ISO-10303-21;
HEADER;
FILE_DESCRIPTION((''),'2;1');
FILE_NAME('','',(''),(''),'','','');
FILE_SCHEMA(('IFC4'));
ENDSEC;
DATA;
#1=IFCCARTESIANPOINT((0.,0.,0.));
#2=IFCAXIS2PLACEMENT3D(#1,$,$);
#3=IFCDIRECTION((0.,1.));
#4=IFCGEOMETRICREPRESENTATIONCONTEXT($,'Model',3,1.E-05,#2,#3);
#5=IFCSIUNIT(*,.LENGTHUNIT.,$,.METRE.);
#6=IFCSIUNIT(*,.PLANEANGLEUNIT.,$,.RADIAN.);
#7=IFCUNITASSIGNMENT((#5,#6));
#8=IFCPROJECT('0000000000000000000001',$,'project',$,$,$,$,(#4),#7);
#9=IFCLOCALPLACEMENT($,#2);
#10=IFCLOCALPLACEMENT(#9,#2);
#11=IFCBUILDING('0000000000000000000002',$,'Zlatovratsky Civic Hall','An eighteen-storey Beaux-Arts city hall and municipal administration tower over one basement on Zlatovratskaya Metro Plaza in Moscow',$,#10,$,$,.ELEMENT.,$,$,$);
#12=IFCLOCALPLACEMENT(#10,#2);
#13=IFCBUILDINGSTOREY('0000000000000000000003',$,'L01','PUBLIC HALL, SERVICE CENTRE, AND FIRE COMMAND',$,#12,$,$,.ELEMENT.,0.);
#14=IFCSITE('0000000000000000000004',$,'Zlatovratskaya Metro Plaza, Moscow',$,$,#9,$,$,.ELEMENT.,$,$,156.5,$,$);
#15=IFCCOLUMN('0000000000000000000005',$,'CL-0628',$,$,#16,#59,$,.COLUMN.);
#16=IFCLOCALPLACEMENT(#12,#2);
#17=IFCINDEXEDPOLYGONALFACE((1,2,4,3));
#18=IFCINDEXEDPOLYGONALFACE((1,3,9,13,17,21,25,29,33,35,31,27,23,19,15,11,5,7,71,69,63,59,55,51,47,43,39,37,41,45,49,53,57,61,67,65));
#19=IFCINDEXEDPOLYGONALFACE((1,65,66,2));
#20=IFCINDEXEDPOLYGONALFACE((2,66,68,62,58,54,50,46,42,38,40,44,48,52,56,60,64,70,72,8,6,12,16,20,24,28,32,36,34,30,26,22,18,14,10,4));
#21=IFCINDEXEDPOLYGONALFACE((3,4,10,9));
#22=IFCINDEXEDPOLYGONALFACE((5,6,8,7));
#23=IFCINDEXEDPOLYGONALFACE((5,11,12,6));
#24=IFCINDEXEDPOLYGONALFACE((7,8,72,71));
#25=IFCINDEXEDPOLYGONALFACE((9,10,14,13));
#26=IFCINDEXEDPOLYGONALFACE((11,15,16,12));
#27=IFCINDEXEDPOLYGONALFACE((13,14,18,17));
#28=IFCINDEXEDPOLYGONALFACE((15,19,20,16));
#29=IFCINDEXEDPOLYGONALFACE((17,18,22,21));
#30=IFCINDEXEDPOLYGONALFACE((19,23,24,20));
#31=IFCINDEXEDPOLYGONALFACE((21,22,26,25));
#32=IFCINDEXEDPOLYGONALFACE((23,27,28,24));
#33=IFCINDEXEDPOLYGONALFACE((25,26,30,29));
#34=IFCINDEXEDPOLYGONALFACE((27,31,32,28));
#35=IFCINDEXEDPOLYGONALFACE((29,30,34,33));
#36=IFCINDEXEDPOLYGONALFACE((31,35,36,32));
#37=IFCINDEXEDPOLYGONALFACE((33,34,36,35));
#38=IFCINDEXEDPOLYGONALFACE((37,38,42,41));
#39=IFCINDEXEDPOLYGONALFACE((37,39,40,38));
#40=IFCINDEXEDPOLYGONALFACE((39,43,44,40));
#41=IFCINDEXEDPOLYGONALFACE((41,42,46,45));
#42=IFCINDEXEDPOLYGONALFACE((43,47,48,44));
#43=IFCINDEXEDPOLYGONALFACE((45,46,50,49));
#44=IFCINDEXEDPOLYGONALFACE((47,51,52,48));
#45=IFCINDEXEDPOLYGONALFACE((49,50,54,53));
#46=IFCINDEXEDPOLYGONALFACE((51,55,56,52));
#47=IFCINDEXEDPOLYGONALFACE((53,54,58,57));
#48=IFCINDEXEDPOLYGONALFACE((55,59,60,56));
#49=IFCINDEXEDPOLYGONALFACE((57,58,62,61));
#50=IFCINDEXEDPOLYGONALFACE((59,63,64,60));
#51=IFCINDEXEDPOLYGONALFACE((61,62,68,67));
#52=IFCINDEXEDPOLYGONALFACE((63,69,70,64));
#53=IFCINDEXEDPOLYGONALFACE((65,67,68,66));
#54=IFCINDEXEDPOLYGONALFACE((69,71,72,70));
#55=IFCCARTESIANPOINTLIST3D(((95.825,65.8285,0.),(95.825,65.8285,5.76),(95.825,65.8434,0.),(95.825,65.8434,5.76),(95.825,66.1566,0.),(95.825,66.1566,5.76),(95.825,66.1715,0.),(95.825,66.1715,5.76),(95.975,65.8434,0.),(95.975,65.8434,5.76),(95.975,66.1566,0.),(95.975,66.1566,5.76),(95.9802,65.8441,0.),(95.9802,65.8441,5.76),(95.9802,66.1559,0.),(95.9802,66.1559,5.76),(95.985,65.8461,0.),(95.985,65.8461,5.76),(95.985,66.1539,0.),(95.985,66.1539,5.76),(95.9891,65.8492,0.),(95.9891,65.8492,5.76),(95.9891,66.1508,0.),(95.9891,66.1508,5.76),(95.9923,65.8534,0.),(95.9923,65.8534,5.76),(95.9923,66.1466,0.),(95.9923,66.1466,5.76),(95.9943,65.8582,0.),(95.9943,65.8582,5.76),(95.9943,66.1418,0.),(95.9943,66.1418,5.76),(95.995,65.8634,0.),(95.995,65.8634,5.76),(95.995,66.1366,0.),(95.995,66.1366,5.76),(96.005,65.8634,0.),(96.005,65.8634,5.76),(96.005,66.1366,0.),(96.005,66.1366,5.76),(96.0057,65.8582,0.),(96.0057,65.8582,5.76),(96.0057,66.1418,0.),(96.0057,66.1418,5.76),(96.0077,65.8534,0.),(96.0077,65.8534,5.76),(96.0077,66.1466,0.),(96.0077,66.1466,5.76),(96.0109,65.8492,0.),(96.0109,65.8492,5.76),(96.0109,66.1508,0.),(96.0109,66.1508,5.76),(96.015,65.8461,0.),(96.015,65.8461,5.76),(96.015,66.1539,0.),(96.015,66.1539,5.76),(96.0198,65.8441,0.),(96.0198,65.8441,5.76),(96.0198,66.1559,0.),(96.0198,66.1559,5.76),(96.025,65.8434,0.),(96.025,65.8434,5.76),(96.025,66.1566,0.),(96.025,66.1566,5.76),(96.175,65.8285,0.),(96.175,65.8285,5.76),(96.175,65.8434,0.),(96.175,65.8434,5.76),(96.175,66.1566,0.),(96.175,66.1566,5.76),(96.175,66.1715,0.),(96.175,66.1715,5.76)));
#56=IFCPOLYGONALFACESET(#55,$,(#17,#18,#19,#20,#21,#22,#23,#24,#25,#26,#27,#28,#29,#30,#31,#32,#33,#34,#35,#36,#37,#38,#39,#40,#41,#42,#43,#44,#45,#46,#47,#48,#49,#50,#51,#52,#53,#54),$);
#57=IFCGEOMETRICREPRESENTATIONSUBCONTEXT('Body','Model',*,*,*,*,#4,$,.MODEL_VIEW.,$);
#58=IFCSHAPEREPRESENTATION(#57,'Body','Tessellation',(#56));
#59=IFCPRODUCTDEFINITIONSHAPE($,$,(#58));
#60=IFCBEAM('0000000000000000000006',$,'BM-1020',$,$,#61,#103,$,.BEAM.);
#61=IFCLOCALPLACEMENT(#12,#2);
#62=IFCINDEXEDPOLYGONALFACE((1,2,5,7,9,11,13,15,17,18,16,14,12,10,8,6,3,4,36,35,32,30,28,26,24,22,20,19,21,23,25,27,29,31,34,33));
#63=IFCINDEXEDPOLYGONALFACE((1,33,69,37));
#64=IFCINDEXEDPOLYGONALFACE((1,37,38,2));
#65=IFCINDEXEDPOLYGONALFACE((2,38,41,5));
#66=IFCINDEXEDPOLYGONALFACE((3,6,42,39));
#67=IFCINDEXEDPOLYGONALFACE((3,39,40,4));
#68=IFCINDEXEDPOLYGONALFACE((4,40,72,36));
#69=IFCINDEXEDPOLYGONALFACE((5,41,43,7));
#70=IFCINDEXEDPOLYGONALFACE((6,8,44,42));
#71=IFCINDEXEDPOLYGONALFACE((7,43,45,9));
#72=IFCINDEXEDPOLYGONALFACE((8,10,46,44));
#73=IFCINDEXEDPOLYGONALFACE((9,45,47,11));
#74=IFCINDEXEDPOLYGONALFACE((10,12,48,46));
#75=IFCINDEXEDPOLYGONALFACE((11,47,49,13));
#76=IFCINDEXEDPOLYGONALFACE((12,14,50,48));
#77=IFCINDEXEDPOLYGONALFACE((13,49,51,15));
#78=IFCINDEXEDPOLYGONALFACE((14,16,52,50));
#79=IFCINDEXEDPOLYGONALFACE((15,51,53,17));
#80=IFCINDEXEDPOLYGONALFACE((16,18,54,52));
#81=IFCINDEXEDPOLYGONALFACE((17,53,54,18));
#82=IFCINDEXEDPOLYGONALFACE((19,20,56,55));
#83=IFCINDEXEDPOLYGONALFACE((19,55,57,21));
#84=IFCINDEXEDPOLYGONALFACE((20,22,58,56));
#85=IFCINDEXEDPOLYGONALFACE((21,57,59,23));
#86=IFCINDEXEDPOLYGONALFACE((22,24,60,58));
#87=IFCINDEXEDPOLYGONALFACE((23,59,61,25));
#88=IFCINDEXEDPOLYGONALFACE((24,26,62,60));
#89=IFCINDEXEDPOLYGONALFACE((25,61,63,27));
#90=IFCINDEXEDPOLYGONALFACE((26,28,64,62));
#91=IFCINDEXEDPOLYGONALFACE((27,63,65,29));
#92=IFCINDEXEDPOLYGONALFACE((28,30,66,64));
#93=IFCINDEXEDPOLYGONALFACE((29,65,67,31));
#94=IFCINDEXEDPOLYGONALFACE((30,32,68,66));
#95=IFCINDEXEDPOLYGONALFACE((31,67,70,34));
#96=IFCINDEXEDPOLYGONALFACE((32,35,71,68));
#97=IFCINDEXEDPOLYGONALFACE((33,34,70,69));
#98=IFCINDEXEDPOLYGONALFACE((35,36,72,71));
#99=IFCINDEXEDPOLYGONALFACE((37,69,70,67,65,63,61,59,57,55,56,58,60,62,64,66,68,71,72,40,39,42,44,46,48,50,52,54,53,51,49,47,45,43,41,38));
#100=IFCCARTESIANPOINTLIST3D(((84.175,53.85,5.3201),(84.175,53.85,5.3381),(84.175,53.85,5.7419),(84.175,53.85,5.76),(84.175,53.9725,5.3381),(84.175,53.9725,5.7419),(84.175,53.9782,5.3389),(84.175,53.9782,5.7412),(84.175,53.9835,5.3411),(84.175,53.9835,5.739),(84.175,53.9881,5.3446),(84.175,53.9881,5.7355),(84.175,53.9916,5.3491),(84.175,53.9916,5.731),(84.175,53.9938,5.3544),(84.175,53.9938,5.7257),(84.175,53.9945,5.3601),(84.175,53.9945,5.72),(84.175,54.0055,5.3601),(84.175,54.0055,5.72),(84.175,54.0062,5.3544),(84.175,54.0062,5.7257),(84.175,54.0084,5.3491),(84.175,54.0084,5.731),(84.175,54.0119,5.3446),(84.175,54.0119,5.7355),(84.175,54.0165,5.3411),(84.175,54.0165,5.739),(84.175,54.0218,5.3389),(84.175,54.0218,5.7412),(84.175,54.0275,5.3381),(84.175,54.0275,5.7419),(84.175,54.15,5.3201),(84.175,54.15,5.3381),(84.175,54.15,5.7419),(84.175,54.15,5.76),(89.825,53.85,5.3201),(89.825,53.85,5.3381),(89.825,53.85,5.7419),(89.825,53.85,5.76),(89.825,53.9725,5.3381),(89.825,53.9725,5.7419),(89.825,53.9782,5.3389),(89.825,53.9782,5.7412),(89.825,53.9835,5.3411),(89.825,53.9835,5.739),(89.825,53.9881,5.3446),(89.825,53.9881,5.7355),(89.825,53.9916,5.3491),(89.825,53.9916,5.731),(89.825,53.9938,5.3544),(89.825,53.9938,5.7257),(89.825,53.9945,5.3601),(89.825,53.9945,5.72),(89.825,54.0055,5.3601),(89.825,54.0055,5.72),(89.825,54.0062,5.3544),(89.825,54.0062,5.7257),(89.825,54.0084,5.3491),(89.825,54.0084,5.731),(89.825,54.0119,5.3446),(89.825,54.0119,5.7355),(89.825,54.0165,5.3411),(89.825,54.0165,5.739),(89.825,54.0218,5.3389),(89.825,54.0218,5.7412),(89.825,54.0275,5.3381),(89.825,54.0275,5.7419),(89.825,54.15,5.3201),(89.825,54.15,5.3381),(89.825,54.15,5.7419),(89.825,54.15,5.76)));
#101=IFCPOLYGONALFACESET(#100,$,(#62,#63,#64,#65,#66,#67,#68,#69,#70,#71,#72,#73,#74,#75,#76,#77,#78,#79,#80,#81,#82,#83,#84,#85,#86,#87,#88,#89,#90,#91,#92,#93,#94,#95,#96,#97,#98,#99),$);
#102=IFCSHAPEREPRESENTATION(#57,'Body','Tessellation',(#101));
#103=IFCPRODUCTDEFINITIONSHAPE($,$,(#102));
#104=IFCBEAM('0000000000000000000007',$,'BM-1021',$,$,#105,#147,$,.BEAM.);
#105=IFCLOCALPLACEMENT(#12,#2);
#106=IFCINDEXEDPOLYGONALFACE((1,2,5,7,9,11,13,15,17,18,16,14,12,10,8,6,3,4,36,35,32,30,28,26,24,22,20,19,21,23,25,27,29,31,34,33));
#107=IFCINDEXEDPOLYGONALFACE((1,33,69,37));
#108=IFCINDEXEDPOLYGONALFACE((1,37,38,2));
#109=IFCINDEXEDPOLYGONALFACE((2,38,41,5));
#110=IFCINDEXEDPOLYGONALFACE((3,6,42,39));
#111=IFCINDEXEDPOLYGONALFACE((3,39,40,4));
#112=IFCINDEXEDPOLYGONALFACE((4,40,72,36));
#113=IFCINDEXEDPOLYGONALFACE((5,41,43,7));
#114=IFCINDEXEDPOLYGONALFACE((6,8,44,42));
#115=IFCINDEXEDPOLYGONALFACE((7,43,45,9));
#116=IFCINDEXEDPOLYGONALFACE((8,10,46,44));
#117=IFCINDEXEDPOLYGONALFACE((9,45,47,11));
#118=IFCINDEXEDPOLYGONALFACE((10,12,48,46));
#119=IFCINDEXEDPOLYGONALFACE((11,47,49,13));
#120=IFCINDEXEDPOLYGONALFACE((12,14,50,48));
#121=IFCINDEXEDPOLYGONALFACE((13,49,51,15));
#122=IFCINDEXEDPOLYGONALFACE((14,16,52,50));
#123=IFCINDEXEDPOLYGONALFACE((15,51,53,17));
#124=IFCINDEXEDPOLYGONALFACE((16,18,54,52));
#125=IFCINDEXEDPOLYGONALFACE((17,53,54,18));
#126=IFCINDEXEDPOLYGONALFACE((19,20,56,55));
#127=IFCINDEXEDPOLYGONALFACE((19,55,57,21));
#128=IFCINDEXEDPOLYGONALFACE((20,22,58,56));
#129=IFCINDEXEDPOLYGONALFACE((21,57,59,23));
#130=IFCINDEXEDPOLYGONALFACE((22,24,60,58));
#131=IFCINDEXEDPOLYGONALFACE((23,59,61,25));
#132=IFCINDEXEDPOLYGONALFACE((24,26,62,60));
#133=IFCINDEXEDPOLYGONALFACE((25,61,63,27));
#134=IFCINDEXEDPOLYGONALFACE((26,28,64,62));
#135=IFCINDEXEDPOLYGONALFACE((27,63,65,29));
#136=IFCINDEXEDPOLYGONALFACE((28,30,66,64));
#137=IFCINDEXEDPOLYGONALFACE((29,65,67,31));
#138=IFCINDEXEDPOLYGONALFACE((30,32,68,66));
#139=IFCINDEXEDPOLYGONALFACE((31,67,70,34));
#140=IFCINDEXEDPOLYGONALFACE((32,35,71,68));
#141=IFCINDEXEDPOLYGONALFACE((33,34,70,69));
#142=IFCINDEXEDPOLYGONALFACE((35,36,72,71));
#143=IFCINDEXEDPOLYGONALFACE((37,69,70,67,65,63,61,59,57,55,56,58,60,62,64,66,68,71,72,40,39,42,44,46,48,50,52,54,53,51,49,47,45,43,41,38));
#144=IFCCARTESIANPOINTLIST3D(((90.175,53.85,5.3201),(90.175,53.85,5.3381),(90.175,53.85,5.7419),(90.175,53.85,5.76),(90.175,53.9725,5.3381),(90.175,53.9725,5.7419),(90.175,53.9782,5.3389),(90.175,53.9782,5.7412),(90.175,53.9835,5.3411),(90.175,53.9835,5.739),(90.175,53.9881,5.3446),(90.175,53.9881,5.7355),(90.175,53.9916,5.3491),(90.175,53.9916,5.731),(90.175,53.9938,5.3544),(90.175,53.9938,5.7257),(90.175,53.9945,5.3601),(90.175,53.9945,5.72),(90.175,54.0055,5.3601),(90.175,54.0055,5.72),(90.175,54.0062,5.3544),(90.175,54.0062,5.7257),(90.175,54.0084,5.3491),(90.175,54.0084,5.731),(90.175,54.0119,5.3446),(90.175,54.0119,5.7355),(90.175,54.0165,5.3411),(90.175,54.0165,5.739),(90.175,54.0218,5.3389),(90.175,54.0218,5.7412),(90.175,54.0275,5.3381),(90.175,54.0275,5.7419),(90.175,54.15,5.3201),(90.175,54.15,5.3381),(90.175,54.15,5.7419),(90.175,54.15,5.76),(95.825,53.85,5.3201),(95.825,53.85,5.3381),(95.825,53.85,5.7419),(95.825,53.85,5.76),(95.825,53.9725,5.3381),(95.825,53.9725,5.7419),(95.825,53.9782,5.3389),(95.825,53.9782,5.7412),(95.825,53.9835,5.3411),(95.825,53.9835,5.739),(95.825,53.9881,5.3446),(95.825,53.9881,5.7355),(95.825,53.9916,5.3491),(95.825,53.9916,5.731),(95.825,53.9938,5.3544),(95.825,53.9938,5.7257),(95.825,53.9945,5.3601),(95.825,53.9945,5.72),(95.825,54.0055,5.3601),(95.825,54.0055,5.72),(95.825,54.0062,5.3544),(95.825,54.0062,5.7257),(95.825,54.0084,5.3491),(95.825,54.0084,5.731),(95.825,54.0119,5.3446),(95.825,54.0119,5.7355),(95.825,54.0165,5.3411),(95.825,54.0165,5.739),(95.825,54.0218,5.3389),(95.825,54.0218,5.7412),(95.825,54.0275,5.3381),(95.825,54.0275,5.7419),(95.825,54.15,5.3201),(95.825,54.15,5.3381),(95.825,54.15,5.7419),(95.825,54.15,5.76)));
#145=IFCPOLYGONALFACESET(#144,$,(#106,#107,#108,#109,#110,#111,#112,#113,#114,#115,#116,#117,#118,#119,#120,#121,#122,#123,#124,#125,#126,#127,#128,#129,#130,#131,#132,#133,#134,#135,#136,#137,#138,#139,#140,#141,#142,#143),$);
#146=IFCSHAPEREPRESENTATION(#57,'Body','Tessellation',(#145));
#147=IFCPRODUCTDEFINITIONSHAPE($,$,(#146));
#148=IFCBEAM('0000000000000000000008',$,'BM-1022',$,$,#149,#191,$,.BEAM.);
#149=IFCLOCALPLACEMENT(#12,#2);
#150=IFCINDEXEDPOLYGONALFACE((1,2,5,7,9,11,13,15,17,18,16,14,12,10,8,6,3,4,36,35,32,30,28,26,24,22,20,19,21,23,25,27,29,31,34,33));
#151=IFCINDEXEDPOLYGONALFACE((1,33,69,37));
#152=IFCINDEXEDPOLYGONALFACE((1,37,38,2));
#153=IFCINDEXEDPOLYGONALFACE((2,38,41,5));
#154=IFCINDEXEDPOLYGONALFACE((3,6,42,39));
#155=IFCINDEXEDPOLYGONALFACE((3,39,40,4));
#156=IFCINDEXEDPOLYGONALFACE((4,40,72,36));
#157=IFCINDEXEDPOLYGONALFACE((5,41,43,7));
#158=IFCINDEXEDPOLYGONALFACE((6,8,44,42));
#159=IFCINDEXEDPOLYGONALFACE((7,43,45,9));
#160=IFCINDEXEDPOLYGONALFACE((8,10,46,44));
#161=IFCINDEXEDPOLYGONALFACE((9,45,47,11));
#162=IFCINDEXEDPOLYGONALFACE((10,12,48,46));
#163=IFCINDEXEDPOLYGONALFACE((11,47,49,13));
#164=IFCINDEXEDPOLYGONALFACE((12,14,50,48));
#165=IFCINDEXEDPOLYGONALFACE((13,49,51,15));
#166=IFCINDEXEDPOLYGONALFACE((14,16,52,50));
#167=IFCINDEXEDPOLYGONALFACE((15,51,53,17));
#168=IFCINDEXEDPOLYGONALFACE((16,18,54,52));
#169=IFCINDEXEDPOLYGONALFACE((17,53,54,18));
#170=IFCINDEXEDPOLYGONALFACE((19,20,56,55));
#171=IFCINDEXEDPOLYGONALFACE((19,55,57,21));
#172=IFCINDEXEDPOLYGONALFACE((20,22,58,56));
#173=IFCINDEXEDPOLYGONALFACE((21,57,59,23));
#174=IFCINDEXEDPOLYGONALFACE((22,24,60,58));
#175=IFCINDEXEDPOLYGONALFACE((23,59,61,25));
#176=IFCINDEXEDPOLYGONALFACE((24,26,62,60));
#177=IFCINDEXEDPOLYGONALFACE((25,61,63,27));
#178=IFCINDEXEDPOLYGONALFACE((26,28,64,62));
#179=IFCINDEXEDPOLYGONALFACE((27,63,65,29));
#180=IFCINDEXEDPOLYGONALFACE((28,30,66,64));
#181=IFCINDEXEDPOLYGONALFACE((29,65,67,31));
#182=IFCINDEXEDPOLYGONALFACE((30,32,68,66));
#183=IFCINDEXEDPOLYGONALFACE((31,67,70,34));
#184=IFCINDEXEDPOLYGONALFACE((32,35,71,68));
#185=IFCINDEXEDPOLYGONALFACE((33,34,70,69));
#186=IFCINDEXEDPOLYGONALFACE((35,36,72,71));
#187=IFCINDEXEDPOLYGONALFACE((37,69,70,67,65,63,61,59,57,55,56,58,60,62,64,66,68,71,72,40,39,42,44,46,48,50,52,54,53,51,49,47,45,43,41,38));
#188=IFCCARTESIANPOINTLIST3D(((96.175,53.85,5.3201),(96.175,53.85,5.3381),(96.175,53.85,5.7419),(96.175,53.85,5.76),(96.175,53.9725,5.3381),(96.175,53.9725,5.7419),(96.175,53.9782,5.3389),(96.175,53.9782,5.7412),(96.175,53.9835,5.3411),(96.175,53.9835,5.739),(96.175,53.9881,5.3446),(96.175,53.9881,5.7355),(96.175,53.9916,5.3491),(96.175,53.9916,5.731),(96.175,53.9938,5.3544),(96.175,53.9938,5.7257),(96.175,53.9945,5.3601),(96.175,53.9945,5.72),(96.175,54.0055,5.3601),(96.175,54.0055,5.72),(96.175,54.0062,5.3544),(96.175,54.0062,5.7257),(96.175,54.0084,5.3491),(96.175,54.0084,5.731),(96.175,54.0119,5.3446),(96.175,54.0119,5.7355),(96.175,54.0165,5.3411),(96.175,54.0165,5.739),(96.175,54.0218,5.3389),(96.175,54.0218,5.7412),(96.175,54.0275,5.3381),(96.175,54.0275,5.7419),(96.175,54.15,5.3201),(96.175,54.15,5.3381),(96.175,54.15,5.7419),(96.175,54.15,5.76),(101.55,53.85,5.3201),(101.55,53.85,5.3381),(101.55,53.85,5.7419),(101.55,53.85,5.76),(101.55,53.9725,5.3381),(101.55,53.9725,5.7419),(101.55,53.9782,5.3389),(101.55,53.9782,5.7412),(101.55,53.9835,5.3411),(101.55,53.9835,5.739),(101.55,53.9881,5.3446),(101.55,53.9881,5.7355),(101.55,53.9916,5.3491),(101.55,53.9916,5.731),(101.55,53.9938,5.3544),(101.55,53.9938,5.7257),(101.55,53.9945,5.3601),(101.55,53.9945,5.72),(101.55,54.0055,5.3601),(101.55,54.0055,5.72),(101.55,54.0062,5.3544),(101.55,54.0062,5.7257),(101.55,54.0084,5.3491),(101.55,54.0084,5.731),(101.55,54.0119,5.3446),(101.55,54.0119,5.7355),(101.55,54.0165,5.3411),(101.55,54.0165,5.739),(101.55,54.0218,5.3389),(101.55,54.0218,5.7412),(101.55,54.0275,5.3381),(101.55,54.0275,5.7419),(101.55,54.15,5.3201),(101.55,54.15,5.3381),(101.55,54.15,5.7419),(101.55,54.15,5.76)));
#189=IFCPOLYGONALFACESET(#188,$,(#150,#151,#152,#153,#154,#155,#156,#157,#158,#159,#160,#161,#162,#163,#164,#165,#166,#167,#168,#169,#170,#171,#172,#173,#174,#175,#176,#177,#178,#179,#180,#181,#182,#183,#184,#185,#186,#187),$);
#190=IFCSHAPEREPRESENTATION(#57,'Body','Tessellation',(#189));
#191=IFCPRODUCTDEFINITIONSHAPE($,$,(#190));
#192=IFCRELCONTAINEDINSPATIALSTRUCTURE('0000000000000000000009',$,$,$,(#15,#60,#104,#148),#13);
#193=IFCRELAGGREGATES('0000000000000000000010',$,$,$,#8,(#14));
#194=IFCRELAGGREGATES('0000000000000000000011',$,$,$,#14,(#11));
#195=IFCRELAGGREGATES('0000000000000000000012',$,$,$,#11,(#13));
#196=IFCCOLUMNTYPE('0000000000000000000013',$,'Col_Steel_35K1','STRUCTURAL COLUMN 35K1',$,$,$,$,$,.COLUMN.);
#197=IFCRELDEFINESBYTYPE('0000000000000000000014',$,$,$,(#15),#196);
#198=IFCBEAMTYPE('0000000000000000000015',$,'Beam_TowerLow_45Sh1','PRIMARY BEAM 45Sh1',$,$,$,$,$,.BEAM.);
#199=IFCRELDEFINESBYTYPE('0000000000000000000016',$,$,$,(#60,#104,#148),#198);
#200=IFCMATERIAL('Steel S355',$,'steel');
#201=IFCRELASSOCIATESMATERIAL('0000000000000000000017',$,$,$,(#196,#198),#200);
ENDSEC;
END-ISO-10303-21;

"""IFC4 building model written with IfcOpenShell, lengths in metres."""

from ifc_helpers import new_model, si_unit, direction, frame, origin, origin_2d, place, context, subcontext, project, spatial, i_section, extrude, material, material_profile, profile_set, type_object, element, save


model = new_model("IFC4")

# Units and contexts
model_context = context("Model", 3, precision=1e-05, world=origin(), true_north=direction((0.0, 1.0)))
body_context = subcontext(model_context, "Body", "Model", "MODEL_VIEW")
ifc_project = project(units=[si_unit("LENGTHUNIT", "METRE"), si_unit("PLANEANGLEUNIT", "RADIAN")], contexts=[model_context])

# Site, building, storey
site_placement = place(None, origin())
site = spatial("IfcSite", under=ifc_project, at=site_placement, Name="Zlatovratskaya Metro Plaza, Moscow", CompositionType="ELEMENT", RefElevation=156.5)
building_placement = place(site_placement, origin())
building = spatial("IfcBuilding", under=site, at=building_placement, Name="Zlatovratsky Civic Hall", Description="An eighteen-storey Beaux-Arts city hall and municipal administration tower over one basement on Zlatovratskaya Metro Plaza in Moscow", CompositionType="ELEMENT")
storey_placement = place(building_placement, origin())
storey = spatial("IfcBuildingStorey", under=building, at=storey_placement, Name="L01", Description="PUBLIC HALL, SERVICE CENTRE, AND FIRE COMMAND", CompositionType="ELEMENT", Elevation=0.0)

# Column
ifc_material_1 = material(Name="Steel S355", Category="steel")
ifc_material_profile_1 = material_profile(ifc_material_1, i_section(OverallWidth=0.3501, OverallDepth=0.343, WebThickness=0.01, FlangeThickness=0.0149, FilletRadius=0.02, at=origin_2d()), Name="35K1")
ifc_profile_set_1 = profile_set([ifc_material_profile_1], Name="Steel S355")
column_type_1 = type_object("IfcColumnType", Name="Col_Steel_35K1", Description="STRUCTURAL COLUMN 35K1", PredefinedType="COLUMN", material=ifc_profile_set_1)
for number, where, z_axis, x_axis, name in (
    (1, (96.0, 66.0, 0.0), (0.0, 0.0, 1.0), (1.0, 0.0, 0.0), "CL-0628"),
):
    element("IfcColumn", number, at=place(storey_placement, frame(where, z_axis=z_axis, x_axis=x_axis)), inside=storey, type_object=column_type_1, Name=name, PredefinedType="COLUMN", context=body_context, shape_type="SweptSolid", body=[
        extrude(i_section(OverallWidth=0.3501, OverallDepth=0.343, WebThickness=0.01, FlangeThickness=0.0149, FilletRadius=0.02, at=origin_2d()), origin(), (0.0, 0.0, 1.0), 5.76),
    ])

# Beams
ifc_material_profile_2 = material_profile(ifc_material_1, i_section(OverallWidth=0.3, OverallDepth=0.4399, WebThickness=0.011, FlangeThickness=0.0181, FilletRadius=0.022, at=origin_2d()), Name="45Sh1")
ifc_profile_set_2 = profile_set([ifc_material_profile_2], Name="Steel S355")
beam_type = type_object("IfcBeamType", Name="Beam_TowerLow_45Sh1", Description="PRIMARY BEAM 45Sh1", PredefinedType="BEAM", material=ifc_profile_set_2)
for number, where, z_axis, x_axis, name in (
    (2, (84.175, 54.0, 5.54), (1.0, 0.0, 0.0), (0.0, 1.0, 0.0), "BM-1020"),
    (3, (90.175, 54.0, 5.54), (1.0, 0.0, 0.0), (0.0, 1.0, 0.0), "BM-1021"),
):
    element("IfcBeam", number, at=place(storey_placement, frame(where, z_axis=z_axis, x_axis=x_axis)), inside=storey, type_object=beam_type, Name=name, PredefinedType="BEAM", context=body_context, shape_type="SweptSolid", body=[
        extrude(i_section(OverallWidth=0.3, OverallDepth=0.4399, WebThickness=0.011, FlangeThickness=0.0181, FilletRadius=0.022, at=origin_2d()), origin(), (0.0, 0.0, 1.0), 5.6499),
    ])
beam_1_placement = place(storey_placement, frame((96.175, 54.0, 5.54), z_axis=(1.0, 0.0, 0.0), x_axis=(0.0, 1.0, 0.0)))
element("IfcBeam", 4, at=beam_1_placement, inside=storey, type_object=beam_type, Name="BM-1022", PredefinedType="BEAM", context=body_context, shape_type="SweptSolid", body=[
    extrude(i_section(OverallWidth=0.3, OverallDepth=0.4399, WebThickness=0.011, FlangeThickness=0.0181, FilletRadius=0.022, at=origin_2d()), origin(), (0.0, 0.0, 1.0), 5.375),
])

save(model, "model.ifc")
